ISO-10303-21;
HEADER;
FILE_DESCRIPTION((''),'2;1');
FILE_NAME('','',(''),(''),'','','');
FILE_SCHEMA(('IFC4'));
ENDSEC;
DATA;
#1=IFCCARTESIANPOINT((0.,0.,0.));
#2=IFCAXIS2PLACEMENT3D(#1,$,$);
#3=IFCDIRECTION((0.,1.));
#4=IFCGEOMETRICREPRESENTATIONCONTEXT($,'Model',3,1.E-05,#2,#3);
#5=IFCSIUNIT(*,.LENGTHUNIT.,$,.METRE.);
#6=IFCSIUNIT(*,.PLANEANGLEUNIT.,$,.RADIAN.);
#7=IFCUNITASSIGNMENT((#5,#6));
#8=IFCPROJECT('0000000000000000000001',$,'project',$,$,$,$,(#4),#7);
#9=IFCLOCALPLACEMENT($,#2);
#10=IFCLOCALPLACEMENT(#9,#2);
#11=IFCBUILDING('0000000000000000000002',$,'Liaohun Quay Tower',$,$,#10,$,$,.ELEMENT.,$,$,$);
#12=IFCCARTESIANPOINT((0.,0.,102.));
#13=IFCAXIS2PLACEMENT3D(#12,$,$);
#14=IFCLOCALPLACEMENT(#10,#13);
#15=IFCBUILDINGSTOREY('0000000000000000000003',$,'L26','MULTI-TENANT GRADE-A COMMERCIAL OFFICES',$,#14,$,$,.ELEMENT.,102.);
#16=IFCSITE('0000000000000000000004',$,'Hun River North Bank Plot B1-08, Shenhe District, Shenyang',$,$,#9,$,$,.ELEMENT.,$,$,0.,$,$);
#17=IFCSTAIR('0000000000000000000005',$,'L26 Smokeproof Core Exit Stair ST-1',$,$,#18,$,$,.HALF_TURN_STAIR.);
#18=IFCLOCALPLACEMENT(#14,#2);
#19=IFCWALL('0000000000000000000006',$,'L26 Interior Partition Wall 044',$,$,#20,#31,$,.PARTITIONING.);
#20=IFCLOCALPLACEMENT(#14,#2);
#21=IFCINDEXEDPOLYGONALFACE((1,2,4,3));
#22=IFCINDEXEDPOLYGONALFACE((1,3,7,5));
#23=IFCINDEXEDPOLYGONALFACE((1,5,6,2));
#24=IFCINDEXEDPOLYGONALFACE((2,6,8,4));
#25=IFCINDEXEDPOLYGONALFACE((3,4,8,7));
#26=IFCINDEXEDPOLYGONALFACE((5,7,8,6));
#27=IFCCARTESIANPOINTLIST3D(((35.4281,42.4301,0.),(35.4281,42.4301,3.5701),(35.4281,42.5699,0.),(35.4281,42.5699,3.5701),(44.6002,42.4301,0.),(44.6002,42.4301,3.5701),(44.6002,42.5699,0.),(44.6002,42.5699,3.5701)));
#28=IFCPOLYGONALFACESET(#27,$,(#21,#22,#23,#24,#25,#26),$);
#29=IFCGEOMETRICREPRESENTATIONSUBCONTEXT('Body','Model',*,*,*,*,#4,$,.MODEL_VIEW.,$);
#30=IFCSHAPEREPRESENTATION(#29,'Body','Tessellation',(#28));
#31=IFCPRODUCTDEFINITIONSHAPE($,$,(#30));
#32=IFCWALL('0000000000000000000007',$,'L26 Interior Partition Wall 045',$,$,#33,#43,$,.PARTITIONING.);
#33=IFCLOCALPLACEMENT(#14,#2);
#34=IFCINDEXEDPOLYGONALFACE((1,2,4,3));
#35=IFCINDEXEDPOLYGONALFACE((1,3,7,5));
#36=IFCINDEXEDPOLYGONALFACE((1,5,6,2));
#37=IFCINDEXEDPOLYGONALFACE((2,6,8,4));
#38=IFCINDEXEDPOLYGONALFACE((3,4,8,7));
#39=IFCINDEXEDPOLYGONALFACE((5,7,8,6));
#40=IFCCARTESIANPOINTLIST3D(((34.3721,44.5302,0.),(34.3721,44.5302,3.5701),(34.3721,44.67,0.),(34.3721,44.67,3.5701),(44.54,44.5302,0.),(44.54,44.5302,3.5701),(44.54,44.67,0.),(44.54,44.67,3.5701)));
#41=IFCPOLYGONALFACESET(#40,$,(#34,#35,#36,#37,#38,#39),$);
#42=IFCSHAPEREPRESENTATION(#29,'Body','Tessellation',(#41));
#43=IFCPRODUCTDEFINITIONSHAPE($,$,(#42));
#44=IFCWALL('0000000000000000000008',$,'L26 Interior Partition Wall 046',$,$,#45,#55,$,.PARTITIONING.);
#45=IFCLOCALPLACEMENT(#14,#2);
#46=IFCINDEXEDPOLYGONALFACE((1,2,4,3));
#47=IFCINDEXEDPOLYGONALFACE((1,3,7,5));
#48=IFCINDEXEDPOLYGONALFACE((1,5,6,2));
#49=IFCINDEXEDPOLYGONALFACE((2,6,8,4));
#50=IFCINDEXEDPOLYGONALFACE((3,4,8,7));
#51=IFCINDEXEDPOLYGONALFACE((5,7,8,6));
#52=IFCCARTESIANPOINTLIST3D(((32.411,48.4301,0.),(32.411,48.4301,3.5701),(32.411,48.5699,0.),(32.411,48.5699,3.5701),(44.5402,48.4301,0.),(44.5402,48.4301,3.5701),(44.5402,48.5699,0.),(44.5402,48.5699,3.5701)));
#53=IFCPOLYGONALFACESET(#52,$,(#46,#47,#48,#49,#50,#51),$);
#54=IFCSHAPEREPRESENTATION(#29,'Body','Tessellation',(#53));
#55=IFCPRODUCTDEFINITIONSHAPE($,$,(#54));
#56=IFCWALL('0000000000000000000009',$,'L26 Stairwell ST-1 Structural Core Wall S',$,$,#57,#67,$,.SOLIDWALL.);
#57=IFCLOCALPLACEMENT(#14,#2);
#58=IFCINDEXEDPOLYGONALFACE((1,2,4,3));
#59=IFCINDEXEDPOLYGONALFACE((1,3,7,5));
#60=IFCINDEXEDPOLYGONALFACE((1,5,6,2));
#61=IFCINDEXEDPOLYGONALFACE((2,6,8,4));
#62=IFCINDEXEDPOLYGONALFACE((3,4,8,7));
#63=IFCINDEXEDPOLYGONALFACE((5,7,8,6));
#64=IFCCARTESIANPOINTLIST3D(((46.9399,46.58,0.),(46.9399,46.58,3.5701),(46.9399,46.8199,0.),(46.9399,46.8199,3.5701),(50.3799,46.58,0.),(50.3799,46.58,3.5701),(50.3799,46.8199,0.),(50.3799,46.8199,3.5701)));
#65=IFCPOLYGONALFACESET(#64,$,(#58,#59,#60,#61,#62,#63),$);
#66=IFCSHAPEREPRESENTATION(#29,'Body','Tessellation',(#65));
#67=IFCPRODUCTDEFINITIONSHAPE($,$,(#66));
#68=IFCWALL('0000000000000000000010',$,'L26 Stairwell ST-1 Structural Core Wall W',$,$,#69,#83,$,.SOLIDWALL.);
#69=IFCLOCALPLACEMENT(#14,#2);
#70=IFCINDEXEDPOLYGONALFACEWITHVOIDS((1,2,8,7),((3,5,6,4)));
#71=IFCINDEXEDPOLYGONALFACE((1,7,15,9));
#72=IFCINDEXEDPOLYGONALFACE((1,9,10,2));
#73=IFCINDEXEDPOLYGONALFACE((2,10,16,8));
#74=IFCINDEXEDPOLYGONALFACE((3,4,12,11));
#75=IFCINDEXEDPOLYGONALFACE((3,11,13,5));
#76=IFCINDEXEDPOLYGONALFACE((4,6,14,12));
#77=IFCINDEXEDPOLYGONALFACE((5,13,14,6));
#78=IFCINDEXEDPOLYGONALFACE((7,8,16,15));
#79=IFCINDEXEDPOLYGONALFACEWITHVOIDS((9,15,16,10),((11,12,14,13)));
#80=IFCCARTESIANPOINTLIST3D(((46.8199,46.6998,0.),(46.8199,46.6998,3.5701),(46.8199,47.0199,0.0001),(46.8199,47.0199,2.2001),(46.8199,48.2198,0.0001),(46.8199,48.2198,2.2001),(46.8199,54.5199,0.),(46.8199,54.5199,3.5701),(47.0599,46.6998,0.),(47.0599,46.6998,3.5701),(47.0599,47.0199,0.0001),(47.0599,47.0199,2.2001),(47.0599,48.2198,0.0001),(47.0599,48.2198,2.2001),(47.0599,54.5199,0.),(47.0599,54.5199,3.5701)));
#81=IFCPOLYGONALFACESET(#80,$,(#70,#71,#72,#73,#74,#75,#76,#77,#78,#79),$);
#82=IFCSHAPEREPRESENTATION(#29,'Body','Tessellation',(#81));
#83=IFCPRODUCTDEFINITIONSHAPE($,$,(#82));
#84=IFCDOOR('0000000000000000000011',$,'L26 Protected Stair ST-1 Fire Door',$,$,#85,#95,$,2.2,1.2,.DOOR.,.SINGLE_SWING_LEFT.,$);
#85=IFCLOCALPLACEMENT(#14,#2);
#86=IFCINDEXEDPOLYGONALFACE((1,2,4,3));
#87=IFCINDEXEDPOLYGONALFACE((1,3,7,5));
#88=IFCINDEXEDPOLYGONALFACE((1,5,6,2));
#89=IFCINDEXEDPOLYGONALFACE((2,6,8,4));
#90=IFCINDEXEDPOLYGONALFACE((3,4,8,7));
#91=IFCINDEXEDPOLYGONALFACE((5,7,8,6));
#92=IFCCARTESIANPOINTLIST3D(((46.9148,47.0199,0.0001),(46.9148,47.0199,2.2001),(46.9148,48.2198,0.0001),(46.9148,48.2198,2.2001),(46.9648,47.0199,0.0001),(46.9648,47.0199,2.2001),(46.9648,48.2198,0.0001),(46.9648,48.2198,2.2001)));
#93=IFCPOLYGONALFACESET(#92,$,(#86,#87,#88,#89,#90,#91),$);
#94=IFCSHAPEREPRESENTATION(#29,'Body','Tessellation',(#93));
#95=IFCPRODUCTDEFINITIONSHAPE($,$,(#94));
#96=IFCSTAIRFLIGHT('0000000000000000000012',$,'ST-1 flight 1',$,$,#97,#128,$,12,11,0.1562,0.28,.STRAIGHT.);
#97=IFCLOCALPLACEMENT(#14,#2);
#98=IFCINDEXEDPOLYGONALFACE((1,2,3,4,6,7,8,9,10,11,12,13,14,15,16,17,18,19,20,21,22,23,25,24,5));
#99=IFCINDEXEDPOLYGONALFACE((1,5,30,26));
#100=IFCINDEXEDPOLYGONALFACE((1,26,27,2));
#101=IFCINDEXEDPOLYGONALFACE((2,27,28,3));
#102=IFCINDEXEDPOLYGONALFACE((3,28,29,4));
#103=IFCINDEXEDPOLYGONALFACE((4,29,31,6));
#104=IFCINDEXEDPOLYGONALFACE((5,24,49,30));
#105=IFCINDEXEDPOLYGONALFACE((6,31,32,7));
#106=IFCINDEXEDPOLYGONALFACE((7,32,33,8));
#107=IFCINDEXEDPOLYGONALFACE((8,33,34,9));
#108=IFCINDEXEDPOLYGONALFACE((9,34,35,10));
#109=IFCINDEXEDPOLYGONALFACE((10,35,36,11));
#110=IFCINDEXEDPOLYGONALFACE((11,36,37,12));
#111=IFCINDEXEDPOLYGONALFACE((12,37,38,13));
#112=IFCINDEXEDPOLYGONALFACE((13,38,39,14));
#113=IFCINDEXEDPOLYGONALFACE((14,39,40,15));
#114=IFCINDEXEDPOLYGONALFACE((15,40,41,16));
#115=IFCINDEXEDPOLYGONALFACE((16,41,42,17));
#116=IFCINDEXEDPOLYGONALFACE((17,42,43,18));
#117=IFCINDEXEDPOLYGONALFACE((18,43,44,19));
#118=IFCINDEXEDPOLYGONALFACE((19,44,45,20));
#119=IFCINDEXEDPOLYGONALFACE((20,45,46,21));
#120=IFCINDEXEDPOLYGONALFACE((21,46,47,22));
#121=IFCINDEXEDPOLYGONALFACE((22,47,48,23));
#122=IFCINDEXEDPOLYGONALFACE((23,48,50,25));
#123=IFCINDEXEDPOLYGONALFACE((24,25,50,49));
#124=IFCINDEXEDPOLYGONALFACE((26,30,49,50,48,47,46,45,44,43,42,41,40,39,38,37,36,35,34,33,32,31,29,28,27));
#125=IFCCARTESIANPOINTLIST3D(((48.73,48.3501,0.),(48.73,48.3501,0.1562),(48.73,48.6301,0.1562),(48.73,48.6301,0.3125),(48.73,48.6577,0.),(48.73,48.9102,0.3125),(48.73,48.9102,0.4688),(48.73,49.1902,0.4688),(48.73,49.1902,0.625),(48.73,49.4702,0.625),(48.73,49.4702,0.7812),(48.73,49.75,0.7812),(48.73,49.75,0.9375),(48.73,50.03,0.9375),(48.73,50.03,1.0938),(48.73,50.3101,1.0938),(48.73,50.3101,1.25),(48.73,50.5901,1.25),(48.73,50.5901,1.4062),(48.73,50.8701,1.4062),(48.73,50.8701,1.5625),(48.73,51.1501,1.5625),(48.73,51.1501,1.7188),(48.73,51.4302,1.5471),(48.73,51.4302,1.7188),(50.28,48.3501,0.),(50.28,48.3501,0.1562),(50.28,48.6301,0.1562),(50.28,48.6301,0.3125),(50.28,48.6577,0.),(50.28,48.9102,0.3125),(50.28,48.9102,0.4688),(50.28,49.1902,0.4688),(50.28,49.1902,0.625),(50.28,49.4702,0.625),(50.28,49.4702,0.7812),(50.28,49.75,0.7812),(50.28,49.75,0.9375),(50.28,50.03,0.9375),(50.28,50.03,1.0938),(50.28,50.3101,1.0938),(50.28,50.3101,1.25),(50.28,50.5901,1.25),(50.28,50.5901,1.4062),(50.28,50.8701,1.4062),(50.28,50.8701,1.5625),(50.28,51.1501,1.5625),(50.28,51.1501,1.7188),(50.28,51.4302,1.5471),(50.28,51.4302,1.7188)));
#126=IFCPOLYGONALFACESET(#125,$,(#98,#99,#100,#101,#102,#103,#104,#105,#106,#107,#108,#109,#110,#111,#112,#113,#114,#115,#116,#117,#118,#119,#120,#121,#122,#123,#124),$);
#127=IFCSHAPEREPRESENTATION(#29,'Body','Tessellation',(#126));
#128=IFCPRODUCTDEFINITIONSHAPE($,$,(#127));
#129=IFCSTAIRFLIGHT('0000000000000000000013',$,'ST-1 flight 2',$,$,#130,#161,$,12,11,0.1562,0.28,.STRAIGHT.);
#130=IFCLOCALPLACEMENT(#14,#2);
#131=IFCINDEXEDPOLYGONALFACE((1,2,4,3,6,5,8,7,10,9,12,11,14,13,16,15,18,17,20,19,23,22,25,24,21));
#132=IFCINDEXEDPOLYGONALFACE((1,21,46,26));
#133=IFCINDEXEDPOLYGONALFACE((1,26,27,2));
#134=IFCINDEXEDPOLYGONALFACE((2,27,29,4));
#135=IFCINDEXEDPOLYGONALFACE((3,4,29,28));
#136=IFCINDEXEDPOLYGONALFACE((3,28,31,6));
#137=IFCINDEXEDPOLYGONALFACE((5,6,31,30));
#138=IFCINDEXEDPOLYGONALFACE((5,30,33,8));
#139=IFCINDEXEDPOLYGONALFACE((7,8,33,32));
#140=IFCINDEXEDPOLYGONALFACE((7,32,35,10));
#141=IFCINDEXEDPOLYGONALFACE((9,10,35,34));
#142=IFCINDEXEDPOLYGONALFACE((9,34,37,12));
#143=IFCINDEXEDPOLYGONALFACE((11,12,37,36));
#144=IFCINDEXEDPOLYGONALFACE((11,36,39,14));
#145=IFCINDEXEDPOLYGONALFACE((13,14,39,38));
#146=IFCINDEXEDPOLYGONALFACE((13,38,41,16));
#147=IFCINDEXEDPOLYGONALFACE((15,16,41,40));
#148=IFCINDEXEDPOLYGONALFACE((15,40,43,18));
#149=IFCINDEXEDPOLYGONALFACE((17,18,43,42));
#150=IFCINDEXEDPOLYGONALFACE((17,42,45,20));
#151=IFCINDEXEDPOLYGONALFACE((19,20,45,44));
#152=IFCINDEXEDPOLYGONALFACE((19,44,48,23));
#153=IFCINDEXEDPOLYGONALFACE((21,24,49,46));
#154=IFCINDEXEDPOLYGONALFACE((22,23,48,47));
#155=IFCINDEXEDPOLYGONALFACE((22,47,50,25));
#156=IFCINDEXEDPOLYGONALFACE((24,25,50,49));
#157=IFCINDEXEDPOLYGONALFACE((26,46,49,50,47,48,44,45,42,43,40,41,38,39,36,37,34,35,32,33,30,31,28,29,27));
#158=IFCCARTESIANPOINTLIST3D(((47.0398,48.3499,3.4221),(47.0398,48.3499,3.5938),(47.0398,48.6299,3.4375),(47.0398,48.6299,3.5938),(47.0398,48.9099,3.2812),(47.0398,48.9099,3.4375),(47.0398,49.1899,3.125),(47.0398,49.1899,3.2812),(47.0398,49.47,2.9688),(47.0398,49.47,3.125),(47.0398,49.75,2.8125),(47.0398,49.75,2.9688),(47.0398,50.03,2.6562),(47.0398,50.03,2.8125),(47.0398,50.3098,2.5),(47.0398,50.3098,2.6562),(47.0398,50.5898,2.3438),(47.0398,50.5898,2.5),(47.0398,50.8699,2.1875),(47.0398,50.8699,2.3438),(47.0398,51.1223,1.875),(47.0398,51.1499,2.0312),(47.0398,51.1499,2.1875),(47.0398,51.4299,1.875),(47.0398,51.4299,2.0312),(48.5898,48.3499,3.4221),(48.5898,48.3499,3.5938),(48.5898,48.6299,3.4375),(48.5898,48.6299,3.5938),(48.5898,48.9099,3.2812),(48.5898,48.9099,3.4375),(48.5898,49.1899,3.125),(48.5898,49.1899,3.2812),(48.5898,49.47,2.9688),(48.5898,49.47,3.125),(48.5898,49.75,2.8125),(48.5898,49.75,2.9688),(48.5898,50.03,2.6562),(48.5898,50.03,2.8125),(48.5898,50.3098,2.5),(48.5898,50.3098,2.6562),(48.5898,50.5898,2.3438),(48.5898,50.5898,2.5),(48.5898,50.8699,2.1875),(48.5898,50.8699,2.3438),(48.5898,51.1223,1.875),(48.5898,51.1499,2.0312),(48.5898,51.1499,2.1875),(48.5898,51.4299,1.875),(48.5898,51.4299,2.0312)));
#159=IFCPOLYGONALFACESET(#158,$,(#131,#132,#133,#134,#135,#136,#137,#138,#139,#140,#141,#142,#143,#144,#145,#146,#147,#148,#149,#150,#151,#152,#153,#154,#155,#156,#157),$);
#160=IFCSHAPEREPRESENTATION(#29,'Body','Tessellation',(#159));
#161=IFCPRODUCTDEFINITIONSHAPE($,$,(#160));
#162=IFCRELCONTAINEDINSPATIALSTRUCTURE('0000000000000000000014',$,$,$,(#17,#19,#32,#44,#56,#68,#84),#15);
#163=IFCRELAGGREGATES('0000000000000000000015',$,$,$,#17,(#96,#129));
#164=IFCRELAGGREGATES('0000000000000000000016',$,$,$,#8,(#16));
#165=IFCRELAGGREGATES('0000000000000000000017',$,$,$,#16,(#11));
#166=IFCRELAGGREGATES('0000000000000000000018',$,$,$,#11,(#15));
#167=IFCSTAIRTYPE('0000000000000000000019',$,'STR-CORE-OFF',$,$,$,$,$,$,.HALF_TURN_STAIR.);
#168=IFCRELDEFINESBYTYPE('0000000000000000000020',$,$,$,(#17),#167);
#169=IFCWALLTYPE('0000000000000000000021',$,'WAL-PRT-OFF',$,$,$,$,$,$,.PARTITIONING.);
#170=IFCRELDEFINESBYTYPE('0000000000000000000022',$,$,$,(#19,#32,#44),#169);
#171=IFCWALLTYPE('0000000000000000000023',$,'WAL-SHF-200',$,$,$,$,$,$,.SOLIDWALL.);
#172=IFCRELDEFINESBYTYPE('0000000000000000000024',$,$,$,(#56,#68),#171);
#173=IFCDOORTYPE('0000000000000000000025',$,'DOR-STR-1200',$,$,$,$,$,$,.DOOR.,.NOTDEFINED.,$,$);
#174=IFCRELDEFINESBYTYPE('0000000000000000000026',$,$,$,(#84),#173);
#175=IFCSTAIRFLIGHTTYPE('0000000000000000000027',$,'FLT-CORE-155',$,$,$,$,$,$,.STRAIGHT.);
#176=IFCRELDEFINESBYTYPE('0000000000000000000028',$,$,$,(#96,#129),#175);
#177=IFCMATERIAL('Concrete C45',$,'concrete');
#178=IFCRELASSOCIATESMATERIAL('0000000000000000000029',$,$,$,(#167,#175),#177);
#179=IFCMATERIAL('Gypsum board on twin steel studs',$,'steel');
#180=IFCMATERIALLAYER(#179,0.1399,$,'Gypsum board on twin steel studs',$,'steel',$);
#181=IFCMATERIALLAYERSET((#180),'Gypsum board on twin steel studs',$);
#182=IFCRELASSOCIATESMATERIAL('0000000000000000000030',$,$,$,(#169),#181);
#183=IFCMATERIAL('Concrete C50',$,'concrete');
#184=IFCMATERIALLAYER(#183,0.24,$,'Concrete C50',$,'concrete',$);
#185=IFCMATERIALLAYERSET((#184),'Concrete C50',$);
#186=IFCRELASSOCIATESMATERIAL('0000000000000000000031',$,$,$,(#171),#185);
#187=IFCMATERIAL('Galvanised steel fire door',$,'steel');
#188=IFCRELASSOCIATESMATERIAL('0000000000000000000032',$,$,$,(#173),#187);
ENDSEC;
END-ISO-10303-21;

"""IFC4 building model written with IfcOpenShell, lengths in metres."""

from ifc_helpers import new_model, si_unit, direction, frame, frame_2d, origin, place, context, subcontext, project, spatial, polyline, rectangle, outline, extrude, source, transform, mapped, material, layer, layer_set, type_object, element, fill, aggregate, save


model = new_model("IFC4")

# Units and contexts
model_context = context("Model", 3, precision=1e-05, world=origin(), true_north=direction((0.0, 1.0)))
body_context = subcontext(model_context, "Body", "Model", "MODEL_VIEW")
ifc_project = project(units=[si_unit("LENGTHUNIT", "METRE"), si_unit("PLANEANGLEUNIT", "RADIAN")], contexts=[model_context])

# Site, building, storey
site_placement = place(None, origin())
site = spatial("IfcSite", under=ifc_project, at=site_placement, Name="Hun River North Bank Plot B1-08, Shenhe District, Shenyang", CompositionType="ELEMENT", RefElevation=0.0)
building_placement = place(site_placement, origin())
building = spatial("IfcBuilding", under=site, at=building_placement, Name="Liaohun Quay Tower", CompositionType="ELEMENT")
storey_placement = place(building_placement, frame((0.0, 0.0, 102.0)))
storey = spatial("IfcBuildingStorey", under=building, at=storey_placement, Name="L26", Description="MULTI-TENANT GRADE-A COMMERCIAL OFFICES", CompositionType="ELEMENT", Elevation=102.0)

# Stair
ifc_material_1 = material(Name="Concrete C45", Category="concrete")
stair_type = type_object("IfcStairType", Name="STR-CORE-OFF", PredefinedType="HALF_TURN_STAIR", material=ifc_material_1)
stair_1_placement = place(storey_placement, origin())
stair_1 = element("IfcStair", 1, at=stair_1_placement, inside=storey, type_object=stair_type, Name="L26 Smokeproof Core Exit Stair ST-1", PredefinedType="HALF_TURN_STAIR")

# Walls
ifc_material_2 = material(Name="Gypsum board on twin steel studs", Category="steel")
ifc_layer_1 = layer(ifc_material_2, 0.1399, Name="Gypsum board on twin steel studs", Category="steel")
ifc_layer_set_1 = layer_set([ifc_layer_1], Name="Gypsum board on twin steel studs")
wall_type_1 = type_object("IfcWallType", Name="WAL-PRT-OFF", PredefinedType="PARTITIONING", material=ifc_layer_set_1)
wall_1_placement = place(storey_placement, frame((44.6001, 42.5, 0.0), z_axis=(0.0, 0.0, 1.0), x_axis=(-1.0, 0.0, 0.0)))
element("IfcWall", 2, at=wall_1_placement, inside=storey, type_object=wall_type_1, Name="L26 Interior Partition Wall 044", PredefinedType="PARTITIONING", context=body_context, shape_type="SweptSolid", body=[
    extrude(rectangle(XDim=9.1721, YDim=0.1399, at=frame_2d((4.5859, 0.0))), origin(), (0.0, 0.0, 1.0), 3.5701),
])
wall_2_placement = place(storey_placement, frame((44.54, 44.6001, 0.0), z_axis=(0.0, 0.0, 1.0), x_axis=(-1.0, 0.0, 0.0)))
element("IfcWall", 3, at=wall_2_placement, inside=storey, type_object=wall_type_1, Name="L26 Interior Partition Wall 045", PredefinedType="PARTITIONING", context=body_context, shape_type="SweptSolid", body=[
    extrude(rectangle(XDim=10.168, YDim=0.1399, at=frame_2d((5.084, 0.0))), origin(), (0.0, 0.0, 1.0), 3.5701),
])
wall_3_placement = place(storey_placement, frame((44.54, 48.5, 0.0), z_axis=(0.0, 0.0, 1.0), x_axis=(-1.0, 0.0, 0.0)))
element("IfcWall", 4, at=wall_3_placement, inside=storey, type_object=wall_type_1, Name="L26 Interior Partition Wall 046", PredefinedType="PARTITIONING", context=body_context, shape_type="SweptSolid", body=[
    extrude(rectangle(XDim=12.1292, YDim=0.1399, at=frame_2d((6.0645, 0.0))), origin(), (0.0, 0.0, 1.0), 3.5701),
])
ifc_material_3 = material(Name="Concrete C50", Category="concrete")
ifc_layer_2 = layer(ifc_material_3, 0.24, Name="Concrete C50", Category="concrete")
ifc_layer_set_2 = layer_set([ifc_layer_2], Name="Concrete C50")
wall_type_2 = type_object("IfcWallType", Name="WAL-SHF-200", PredefinedType="SOLIDWALL", material=ifc_layer_set_2)
wall_4_placement = place(storey_placement, frame((46.9399, 46.7, 0.0), z_axis=(0.0, 0.0, 1.0), x_axis=(1.0, 0.0, 0.0)))
element("IfcWall", 5, at=wall_4_placement, inside=storey, type_object=wall_type_2, Name="L26 Stairwell ST-1 Structural Core Wall S", PredefinedType="SOLIDWALL", context=body_context, shape_type="SweptSolid", body=[
    extrude(rectangle(XDim=3.4399, YDim=0.24, at=frame_2d((1.72, 0.0))), origin(), (0.0, 0.0, 1.0), 3.5701),
])

# Wall, opening, door
wall_5_placement = place(storey_placement, frame((46.9399, 54.52, 0.0), z_axis=(0.0, 0.0, 1.0), x_axis=(0.0, -1.0, 0.0)))
wall_5 = element("IfcWall", 6, at=wall_5_placement, inside=storey, type_object=wall_type_2, Name="L26 Stairwell ST-1 Structural Core Wall W", PredefinedType="SOLIDWALL", context=body_context, shape_type="SweptSolid", body=[
    extrude(rectangle(XDim=7.8201, YDim=0.24, at=frame_2d((3.9102, 0.0))), origin(), (0.0, 0.0, 1.0), 3.5701),
])
shared_shape_1 = source(origin(), body_context, "Body", "SweptSolid", [
    extrude(rectangle(XDim=1.2, YDim=2.2, at=frame_2d((0.6001, 1.1001))), frame((0.0, 0.1299, 0.0), z_axis=(0.0, -1.0, 0.0), x_axis=(1.0, 0.0, 0.0)), (0.0, 0.0, 1.0), 0.26),
])
opening_1_placement = place(wall_5_placement, frame((6.3, 0.0, 0.0)))
opening_1 = element("IfcOpeningElement", 7, at=opening_1_placement, cuts=wall_5, PredefinedType="OPENING", context=body_context, shape_type="MappedRepresentation", body=[
    mapped(shared_shape_1, transform((0.0, 0.0, 0.0), x_axis=(1.0, 0.0, 0.0), y_axis=(0.0, 1.0, 0.0), z_axis=(0.0, 0.0, 1.0), scale=1.0)),
])
ifc_material_4 = material(Name="Galvanised steel fire door", Category="steel")
door_type_1 = type_object("IfcDoorType", Name="DOR-STR-1200", OperationType="NOTDEFINED", PredefinedType="DOOR", material=ifc_material_4)
shared_shape_2 = source(origin(), body_context, "Body", "SweptSolid", [
    extrude(rectangle(XDim=1.2, YDim=2.2, at=frame_2d((0.6001, 1.1001))), frame((0.0, 0.0249, 0.0), z_axis=(0.0, -1.0, 0.0), x_axis=(1.0, 0.0, 0.0)), (0.0, 0.0, 1.0), 0.05),
])
door_1_placement = place(opening_1_placement, origin())
door_1 = element("IfcDoor", 8, at=door_1_placement, inside=storey, type_object=door_type_1, Name="L26 Protected Stair ST-1 Fire Door", OperationType="SINGLE_SWING_LEFT", OverallHeight=2.2, OverallWidth=1.2, PredefinedType="DOOR", context=body_context, shape_type="MappedRepresentation", body=[
    mapped(shared_shape_2, transform((0.0, 0.0, 0.0), x_axis=(1.0, 0.0, 0.0), y_axis=(0.0, 1.0, 0.0), z_axis=(0.0, 0.0, 1.0), scale=1.0)),
])
fill(opening_1, door_1)

# Stair flights
stair_flight_type = type_object("IfcStairFlightType", Name="FLT-CORE-155", PredefinedType="STRAIGHT", material=ifc_material_1)
stair_flight_1_placement = place(storey_placement, frame((49.5049, 48.3501, 0.0), z_axis=(0.0, 0.0, 1.0), x_axis=(0.0, 1.0, 0.0)))
stair_flight_1 = element("IfcStairFlight", 9, at=stair_flight_1_placement, type_object=stair_flight_type, Name="ST-1 flight 1", NumberOfRisers=12, NumberOfTreads=11, PredefinedType="STRAIGHT", RiserHeight=0.1562, TreadLength=0.28, context=body_context, shape_type="SweptSolid", body=[
    extrude(outline(polyline([(0.0, 0.0), (0.0, 0.1562), (0.28, 0.1562), (0.28, 0.3125), (0.5601, 0.3125), (0.5601, 0.4688), (0.8401, 0.4688), (0.8401, 0.625), (1.1201, 0.625), (1.1201, 0.7812), (1.3999, 0.7812), (1.3999, 0.9375), (1.6799, 0.9375), (1.6799, 1.0938), (1.96, 1.0938), (1.96, 1.25), (2.24, 1.25), (2.24, 1.4062), (2.52, 1.4062), (2.52, 1.5625), (2.8, 1.5625), (2.8, 1.7188), (3.0801, 1.7188), (3.0801, 1.875), (3.0801, 1.5471), (0.3076, 0.0), (0.0, 0.0)])), frame((0.0, 0.7749, 0.0), z_axis=(0.0, -1.0, 0.0), x_axis=(1.0, 0.0, 0.0)), (0.0, 0.0, 1.0), 1.55),
])
stair_flight_2_placement = place(storey_placement, frame((47.8149, 51.4299, 1.875), z_axis=(0.0, 0.0, 1.0), x_axis=(0.0, -1.0, 0.0)))
stair_flight_2 = element("IfcStairFlight", 10, at=stair_flight_2_placement, type_object=stair_flight_type, Name="ST-1 flight 2", NumberOfRisers=12, NumberOfTreads=11, PredefinedType="STRAIGHT", RiserHeight=0.1562, TreadLength=0.28, context=body_context, shape_type="SweptSolid", body=[
    extrude(outline(polyline([(0.0, 0.0), (0.0, 0.1562), (0.28, 0.1562), (0.28, 0.3125), (0.5601, 0.3125), (0.5601, 0.4688), (0.8401, 0.4688), (0.8401, 0.625), (1.1201, 0.625), (1.1201, 0.7812), (1.3999, 0.7812), (1.3999, 0.9375), (1.6799, 0.9375), (1.6799, 1.0938), (1.96, 1.0938), (1.96, 1.25), (2.24, 1.25), (2.24, 1.4062), (2.52, 1.4062), (2.52, 1.5625), (2.8, 1.5625), (2.8, 1.7188), (3.0801, 1.7188), (3.0801, 1.875), (3.0801, 1.5471), (0.3076, 0.0), (0.0, 0.0)])), frame((0.0, 0.7749, 0.0), z_axis=(0.0, -1.0, 0.0), x_axis=(1.0, 0.0, 0.0)), (0.0, 0.0, 1.0), 1.55),
])
aggregate(stair_1, [stair_flight_1, stair_flight_2])

save(model, "model.ifc")
